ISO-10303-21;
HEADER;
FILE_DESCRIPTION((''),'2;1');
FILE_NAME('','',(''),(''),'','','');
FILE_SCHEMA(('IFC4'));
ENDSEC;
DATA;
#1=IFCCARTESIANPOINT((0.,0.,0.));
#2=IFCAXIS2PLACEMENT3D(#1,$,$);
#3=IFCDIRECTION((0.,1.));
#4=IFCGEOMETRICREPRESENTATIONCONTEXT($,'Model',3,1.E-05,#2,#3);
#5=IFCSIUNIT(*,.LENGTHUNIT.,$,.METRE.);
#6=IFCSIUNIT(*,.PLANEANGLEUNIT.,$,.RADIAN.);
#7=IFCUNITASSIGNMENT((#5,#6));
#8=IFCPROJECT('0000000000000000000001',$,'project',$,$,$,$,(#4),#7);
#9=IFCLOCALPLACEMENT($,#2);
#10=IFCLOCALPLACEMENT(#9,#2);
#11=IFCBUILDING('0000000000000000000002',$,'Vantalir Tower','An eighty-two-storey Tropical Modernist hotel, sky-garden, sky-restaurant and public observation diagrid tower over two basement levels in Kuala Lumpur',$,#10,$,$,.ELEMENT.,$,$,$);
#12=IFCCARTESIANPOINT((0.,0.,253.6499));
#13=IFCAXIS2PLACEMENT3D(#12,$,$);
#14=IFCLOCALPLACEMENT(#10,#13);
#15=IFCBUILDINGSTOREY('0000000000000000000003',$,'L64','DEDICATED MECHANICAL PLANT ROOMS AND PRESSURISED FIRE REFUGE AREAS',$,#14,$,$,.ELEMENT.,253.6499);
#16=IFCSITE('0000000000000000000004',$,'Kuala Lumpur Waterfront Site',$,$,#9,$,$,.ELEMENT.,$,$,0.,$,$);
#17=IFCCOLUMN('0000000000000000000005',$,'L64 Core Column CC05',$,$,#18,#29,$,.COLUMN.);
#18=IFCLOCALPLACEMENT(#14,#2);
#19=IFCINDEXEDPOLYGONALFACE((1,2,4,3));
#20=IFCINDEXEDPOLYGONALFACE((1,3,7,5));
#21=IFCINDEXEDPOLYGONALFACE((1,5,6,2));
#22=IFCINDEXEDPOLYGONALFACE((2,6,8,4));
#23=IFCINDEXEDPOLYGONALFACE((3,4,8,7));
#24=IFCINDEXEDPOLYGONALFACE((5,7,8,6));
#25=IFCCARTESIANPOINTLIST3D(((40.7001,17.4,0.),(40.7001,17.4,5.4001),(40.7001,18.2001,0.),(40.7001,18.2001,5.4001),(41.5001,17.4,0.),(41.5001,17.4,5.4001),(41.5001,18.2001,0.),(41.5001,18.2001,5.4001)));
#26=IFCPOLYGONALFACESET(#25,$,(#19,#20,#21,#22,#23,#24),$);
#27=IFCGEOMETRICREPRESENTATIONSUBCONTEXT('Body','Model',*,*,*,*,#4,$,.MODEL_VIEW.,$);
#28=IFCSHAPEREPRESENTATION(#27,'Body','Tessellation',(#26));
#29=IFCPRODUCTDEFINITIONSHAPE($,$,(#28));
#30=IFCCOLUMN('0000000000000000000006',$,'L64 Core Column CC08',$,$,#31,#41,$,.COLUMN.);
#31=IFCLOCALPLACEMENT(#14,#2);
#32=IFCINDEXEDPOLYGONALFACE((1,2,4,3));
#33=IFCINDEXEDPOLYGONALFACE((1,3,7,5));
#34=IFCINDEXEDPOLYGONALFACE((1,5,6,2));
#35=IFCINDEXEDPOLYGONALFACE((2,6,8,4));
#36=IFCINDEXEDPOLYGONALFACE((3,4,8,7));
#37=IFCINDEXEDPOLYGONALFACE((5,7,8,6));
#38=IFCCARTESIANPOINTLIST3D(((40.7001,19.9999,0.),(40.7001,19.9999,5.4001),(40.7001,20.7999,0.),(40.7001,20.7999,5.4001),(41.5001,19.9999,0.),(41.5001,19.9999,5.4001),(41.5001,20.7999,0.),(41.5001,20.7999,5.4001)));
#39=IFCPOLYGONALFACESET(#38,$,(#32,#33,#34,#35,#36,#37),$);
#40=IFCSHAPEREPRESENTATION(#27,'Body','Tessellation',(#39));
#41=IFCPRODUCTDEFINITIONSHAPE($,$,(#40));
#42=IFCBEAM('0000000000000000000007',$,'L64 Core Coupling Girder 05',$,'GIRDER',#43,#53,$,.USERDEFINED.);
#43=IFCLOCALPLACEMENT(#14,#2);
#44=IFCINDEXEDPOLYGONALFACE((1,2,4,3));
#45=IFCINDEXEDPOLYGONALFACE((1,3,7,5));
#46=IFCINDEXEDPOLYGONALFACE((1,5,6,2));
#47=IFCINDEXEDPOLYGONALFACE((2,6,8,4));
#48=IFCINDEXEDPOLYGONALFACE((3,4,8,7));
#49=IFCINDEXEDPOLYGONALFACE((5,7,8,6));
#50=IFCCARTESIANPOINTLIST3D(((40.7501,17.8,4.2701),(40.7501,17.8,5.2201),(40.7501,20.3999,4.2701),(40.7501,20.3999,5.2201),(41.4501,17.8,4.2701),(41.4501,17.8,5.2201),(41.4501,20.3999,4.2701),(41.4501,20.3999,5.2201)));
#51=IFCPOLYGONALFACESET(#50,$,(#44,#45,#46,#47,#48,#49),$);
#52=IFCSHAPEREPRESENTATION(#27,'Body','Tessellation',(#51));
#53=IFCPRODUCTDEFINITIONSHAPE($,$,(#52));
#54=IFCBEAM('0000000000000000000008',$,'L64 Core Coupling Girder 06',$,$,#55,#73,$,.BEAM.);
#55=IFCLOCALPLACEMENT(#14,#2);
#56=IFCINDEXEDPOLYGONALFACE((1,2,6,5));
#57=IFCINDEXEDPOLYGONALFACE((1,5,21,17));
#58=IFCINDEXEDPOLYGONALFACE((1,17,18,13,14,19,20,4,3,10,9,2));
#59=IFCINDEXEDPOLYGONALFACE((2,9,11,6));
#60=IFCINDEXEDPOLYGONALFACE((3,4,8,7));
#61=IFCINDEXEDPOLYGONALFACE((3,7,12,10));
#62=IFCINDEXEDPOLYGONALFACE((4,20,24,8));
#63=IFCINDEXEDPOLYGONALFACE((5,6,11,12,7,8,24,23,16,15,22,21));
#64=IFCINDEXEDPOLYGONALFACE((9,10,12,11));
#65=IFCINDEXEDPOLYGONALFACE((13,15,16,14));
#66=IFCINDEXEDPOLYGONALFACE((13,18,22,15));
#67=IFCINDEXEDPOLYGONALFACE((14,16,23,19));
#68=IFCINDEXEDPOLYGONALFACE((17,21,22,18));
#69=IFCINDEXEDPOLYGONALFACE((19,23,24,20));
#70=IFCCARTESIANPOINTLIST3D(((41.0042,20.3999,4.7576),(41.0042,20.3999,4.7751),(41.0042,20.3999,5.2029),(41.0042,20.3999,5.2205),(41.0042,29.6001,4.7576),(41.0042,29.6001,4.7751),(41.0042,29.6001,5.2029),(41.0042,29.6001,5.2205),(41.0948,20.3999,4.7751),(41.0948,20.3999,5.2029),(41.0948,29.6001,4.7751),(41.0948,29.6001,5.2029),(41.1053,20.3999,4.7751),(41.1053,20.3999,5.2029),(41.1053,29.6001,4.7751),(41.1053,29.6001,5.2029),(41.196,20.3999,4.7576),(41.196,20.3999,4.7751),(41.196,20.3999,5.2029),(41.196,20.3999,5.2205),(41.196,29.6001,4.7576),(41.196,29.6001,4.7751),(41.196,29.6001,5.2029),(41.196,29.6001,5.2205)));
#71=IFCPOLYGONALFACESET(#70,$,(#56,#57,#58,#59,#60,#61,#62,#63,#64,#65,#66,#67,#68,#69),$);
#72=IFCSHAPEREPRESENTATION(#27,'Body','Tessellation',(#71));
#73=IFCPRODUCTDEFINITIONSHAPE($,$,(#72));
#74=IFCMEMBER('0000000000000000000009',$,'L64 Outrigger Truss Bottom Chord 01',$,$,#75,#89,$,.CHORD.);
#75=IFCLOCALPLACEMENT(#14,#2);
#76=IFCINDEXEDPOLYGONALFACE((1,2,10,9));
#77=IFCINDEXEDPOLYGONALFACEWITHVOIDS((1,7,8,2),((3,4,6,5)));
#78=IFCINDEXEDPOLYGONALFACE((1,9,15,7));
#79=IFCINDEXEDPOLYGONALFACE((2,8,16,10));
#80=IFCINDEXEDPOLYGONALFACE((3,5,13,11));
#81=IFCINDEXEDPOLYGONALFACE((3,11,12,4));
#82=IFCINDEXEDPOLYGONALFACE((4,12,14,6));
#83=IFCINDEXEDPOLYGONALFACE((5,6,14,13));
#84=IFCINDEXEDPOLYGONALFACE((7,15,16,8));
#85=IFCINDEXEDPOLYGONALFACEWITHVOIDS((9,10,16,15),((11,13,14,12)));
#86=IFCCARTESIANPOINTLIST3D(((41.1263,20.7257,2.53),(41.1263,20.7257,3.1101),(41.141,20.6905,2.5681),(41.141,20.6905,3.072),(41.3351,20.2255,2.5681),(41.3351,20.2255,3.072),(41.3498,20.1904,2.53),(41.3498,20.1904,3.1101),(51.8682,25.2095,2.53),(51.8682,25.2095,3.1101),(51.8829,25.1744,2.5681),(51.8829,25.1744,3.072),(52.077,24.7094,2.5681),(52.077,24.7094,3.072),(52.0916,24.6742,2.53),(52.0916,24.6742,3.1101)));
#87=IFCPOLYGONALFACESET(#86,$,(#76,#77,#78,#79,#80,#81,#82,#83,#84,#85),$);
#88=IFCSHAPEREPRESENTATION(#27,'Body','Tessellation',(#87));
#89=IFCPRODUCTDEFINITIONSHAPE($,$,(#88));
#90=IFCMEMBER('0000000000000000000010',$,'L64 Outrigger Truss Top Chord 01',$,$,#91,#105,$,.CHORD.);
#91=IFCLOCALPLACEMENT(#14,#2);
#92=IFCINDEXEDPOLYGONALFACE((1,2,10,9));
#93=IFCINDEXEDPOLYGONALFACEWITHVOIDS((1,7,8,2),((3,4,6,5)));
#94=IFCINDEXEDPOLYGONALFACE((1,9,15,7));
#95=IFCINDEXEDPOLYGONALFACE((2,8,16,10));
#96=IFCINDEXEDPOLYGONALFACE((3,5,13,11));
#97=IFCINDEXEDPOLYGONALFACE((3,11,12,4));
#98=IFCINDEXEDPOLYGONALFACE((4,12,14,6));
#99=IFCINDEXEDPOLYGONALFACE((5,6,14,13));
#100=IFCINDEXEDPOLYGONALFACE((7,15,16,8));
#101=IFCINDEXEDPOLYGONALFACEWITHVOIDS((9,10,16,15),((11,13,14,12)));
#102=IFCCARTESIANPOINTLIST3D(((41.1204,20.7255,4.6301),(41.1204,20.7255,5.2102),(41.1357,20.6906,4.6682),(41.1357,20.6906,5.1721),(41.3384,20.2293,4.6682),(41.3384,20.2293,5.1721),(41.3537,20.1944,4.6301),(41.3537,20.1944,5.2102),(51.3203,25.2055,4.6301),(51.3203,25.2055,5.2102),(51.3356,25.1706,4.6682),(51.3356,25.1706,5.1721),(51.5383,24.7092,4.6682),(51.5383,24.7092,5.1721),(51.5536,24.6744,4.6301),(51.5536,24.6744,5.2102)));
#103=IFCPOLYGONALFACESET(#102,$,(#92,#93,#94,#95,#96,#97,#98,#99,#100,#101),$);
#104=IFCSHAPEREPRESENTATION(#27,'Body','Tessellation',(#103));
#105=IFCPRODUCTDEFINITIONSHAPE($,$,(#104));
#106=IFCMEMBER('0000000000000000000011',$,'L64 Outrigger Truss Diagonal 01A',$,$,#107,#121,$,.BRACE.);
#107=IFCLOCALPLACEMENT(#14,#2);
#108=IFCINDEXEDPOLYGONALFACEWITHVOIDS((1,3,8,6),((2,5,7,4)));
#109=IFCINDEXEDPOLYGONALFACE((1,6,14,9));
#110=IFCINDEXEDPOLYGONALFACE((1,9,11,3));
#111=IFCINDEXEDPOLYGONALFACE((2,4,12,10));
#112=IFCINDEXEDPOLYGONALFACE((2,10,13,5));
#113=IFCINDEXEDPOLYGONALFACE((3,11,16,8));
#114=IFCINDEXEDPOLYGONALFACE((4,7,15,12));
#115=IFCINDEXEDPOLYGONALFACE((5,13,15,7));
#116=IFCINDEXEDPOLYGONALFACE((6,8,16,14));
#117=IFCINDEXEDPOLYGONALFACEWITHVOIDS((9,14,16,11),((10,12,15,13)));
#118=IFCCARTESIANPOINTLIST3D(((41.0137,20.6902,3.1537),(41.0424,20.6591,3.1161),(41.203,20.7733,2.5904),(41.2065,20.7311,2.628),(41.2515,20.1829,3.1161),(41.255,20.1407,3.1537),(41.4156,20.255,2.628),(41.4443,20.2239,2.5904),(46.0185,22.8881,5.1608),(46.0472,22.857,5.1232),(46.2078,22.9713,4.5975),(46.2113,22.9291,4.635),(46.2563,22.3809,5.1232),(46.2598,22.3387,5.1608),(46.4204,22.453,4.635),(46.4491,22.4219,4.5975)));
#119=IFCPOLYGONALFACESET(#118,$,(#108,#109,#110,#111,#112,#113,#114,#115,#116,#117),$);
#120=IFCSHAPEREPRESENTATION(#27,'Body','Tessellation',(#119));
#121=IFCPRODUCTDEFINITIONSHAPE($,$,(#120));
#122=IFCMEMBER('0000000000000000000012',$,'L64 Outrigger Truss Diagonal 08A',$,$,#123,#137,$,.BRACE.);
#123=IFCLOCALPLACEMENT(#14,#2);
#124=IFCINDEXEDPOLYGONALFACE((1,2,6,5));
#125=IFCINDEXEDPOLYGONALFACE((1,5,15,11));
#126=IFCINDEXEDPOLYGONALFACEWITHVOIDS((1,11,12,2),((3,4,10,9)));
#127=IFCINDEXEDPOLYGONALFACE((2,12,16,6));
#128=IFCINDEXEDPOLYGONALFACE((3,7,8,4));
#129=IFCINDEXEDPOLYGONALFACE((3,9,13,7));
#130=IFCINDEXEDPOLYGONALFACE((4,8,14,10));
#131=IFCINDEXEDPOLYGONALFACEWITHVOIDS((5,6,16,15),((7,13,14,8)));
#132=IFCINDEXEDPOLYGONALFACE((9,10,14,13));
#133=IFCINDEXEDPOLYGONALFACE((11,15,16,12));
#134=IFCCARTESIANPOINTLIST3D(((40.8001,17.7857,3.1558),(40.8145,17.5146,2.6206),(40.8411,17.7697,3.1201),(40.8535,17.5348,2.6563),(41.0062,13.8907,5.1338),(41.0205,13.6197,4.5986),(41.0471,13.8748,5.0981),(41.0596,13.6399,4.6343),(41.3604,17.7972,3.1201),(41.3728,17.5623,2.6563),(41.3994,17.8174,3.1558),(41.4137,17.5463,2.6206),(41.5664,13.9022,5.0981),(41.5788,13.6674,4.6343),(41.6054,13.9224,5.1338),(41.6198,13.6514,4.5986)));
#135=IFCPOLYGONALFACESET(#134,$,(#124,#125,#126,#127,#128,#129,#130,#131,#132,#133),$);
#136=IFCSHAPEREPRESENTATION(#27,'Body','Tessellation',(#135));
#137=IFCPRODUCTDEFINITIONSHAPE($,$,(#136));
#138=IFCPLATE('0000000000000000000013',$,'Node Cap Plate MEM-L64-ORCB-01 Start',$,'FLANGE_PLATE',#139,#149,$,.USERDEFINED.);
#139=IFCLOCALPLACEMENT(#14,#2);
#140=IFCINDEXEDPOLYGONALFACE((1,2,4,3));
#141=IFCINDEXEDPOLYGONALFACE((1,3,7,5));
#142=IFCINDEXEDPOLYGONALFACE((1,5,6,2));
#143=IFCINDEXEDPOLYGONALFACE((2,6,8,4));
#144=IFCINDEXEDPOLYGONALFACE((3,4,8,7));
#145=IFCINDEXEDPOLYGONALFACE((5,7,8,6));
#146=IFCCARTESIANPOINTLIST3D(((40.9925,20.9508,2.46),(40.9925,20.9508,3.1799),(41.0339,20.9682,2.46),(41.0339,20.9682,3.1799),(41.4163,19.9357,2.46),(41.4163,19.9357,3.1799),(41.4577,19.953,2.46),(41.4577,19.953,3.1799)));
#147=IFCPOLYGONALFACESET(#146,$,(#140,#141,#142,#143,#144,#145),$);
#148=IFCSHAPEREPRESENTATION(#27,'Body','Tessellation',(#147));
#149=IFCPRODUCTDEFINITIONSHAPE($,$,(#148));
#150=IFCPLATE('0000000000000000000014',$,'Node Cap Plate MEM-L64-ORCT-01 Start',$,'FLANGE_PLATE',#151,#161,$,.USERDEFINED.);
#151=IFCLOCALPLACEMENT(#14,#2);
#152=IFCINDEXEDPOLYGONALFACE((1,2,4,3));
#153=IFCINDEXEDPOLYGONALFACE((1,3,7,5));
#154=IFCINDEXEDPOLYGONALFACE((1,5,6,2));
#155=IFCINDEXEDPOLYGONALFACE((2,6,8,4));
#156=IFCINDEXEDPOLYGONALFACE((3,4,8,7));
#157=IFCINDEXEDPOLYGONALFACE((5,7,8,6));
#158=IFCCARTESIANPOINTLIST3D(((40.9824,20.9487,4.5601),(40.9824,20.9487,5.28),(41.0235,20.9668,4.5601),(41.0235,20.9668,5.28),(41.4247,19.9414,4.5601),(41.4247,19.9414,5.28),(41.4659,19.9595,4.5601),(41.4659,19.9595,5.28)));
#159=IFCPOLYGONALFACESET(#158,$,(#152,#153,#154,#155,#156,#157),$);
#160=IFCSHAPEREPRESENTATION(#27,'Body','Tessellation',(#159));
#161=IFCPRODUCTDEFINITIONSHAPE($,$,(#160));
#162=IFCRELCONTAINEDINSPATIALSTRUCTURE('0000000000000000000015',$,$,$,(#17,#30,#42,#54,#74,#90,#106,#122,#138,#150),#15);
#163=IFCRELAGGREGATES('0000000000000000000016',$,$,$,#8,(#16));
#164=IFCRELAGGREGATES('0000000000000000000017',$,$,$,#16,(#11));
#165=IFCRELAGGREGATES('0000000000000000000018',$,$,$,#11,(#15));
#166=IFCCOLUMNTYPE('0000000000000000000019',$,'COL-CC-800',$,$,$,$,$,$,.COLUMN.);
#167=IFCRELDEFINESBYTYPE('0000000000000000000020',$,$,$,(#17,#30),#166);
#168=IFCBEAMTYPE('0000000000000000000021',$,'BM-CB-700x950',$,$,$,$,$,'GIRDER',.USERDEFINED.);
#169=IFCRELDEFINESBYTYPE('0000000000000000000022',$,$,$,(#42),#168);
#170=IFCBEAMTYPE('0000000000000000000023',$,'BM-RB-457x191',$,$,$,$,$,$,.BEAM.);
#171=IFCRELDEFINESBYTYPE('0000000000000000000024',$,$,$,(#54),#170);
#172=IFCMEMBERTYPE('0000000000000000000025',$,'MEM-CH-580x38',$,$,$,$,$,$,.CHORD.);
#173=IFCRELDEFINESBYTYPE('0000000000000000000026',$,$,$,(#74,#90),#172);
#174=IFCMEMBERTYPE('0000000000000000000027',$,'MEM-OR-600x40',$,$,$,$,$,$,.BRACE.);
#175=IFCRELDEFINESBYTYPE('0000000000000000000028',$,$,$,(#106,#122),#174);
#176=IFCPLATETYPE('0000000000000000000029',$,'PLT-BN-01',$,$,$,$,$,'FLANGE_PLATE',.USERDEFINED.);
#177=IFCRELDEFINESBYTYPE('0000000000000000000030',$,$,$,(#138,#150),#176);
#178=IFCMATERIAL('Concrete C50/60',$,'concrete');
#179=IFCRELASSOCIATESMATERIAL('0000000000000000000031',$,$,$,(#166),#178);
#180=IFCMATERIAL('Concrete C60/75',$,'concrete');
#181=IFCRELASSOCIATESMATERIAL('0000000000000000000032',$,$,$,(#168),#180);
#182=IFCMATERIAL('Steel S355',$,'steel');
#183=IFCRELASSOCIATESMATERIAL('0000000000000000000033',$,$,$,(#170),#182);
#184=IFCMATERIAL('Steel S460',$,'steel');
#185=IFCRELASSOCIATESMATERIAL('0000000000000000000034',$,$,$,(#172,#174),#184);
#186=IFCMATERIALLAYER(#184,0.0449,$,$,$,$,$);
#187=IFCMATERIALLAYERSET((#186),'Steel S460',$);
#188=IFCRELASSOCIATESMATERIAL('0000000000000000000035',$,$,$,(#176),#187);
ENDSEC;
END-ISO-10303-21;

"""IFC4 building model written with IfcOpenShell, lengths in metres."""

from ifc_helpers import new_model, si_unit, direction, frame, origin, origin_2d, place, context, subcontext, project, spatial, rectangle, hollow_rectangle, i_section, extrude, material, layer, layer_set, material_profile, profile_set, type_object, element, save


model = new_model("IFC4")

# Units and contexts
model_context = context("Model", 3, precision=1e-05, world=origin(), true_north=direction((0.0, 1.0)))
body_context = subcontext(model_context, "Body", "Model", "MODEL_VIEW")
ifc_project = project(units=[si_unit("LENGTHUNIT", "METRE"), si_unit("PLANEANGLEUNIT", "RADIAN")], contexts=[model_context])

# Site, building, storey
site_placement = place(None, origin())
site = spatial("IfcSite", under=ifc_project, at=site_placement, Name="Kuala Lumpur Waterfront Site", CompositionType="ELEMENT", RefElevation=0.0)
building_placement = place(site_placement, origin())
building = spatial("IfcBuilding", under=site, at=building_placement, Name="Vantalir Tower", Description="An eighty-two-storey Tropical Modernist hotel, sky-garden, sky-restaurant and public observation diagrid tower over two basement levels in Kuala Lumpur", CompositionType="ELEMENT")
storey_placement = place(building_placement, frame((0.0, 0.0, 253.6499)))
storey = spatial("IfcBuildingStorey", under=building, at=storey_placement, Name="L64", Description="DEDICATED MECHANICAL PLANT ROOMS AND PRESSURISED FIRE REFUGE AREAS", CompositionType="ELEMENT", Elevation=253.6499)

# Columns
ifc_material_1 = material(Name="Concrete C50/60", Category="concrete")
ifc_material_profile_1 = material_profile(ifc_material_1, rectangle(XDim=0.8, YDim=0.8, at=origin_2d()), Name="Concrete C50/60")
ifc_profile_set_1 = profile_set([ifc_material_profile_1], Name="Concrete C50/60")
column_type = type_object("IfcColumnType", Name="COL-CC-800", PredefinedType="COLUMN", material=ifc_profile_set_1)
for number, where, z_axis, x_axis, name in (
    (1, (41.1001, 17.8, 0.0), (0.0, 0.0, 1.0), (1.0, 0.0, 0.0), "L64 Core Column CC05"),
    (2, (41.1001, 20.3999, 0.0), (0.0, 0.0, 1.0), (1.0, 0.0, 0.0), "L64 Core Column CC08"),
):
    element("IfcColumn", number, at=place(storey_placement, frame(where, z_axis=z_axis, x_axis=x_axis)), inside=storey, type_object=column_type, Name=name, PredefinedType="COLUMN", context=body_context, shape_type="SweptSolid", body=[
        extrude(rectangle(XDim=0.8, YDim=0.8, at=origin_2d()), origin(), (0.0, 0.0, 1.0), 5.4001),
    ])

# Beams
ifc_material_2 = material(Name="Concrete C60/75", Category="concrete")
ifc_material_profile_2 = material_profile(ifc_material_2, rectangle(XDim=0.7, YDim=0.95, at=origin_2d()), Name="Concrete C60/75")
ifc_profile_set_2 = profile_set([ifc_material_profile_2], Name="Concrete C60/75")
beam_type_1 = type_object("IfcBeamType", Name="BM-CB-700x950", ElementType="GIRDER", PredefinedType="USERDEFINED", material=ifc_profile_set_2)
beam_1_placement = place(storey_placement, frame((41.1001, 17.8, 4.7451), z_axis=(0.0, 1.0, 0.0), x_axis=(-1.0, 0.0, 0.0)))
element("IfcBeam", 3, at=beam_1_placement, inside=storey, type_object=beam_type_1, Name="L64 Core Coupling Girder 05", ObjectType="GIRDER", PredefinedType="USERDEFINED", context=body_context, shape_type="SweptSolid", body=[
    extrude(rectangle(XDim=0.7, YDim=0.95, at=origin_2d()), origin(), (0.0, 0.0, 1.0), 2.5999),
])
ifc_material_3 = material(Name="Steel S355", Category="steel")
ifc_material_profile_3 = material_profile(ifc_material_3, i_section(OverallWidth=0.1919, OverallDepth=0.4629, WebThickness=0.0105, FlangeThickness=0.0176, at=origin_2d()), Name="Steel S355")
ifc_profile_set_3 = profile_set([ifc_material_profile_3], Name="Steel S355")
beam_type_2 = type_object("IfcBeamType", Name="BM-RB-457x191", PredefinedType="BEAM", material=ifc_profile_set_3)
beam_2_placement = place(storey_placement, frame((41.1001, 20.3999, 4.989), z_axis=(0.0, 1.0, 0.0), x_axis=(-1.0, 0.0, 0.0)))
element("IfcBeam", 4, at=beam_2_placement, inside=storey, type_object=beam_type_2, Name="L64 Core Coupling Girder 06", PredefinedType="BEAM", context=body_context, shape_type="SweptSolid", body=[
    extrude(i_section(OverallWidth=0.1919, OverallDepth=0.4629, WebThickness=0.0105, FlangeThickness=0.0176, at=origin_2d()), origin(), (0.0, 0.0, 1.0), 9.2002),
])

# Members
ifc_material_4 = material(Name="Steel S460", Category="steel")
ifc_material_profile_4 = material_profile(ifc_material_4, hollow_rectangle(XDim=0.5801, YDim=0.5801, WallThickness=0.0381, at=origin_2d()), Name="Steel S460")
ifc_profile_set_4 = profile_set([ifc_material_profile_4], Name="Steel S460")
member_type_1 = type_object("IfcMemberType", Name="MEM-CH-580x38", PredefinedType="CHORD", material=ifc_profile_set_4)
member_1_placement = place(storey_placement, frame((41.238, 20.458, 2.8201), z_axis=(0.92283, 0.385207, 0.0), x_axis=(-0.385207, 0.92283, 0.0)))
element("IfcMember", 5, at=member_1_placement, inside=storey, type_object=member_type_1, Name="L64 Outrigger Truss Bottom Chord 01", PredefinedType="CHORD", context=body_context, shape_type="SweptSolid", body=[
    extrude(hollow_rectangle(XDim=0.5801, YDim=0.5801, WallThickness=0.0381, at=origin_2d()), origin(), (0.0, 0.0, 1.0), 11.6401),
])
member_2_placement = place(storey_placement, frame((41.2371, 20.46, 4.9202), z_axis=(0.915579, 0.402137, 0.0), x_axis=(-0.402137, 0.915579, 0.0)))
element("IfcMember", 6, at=member_2_placement, inside=storey, type_object=member_type_1, Name="L64 Outrigger Truss Top Chord 01", PredefinedType="CHORD", context=body_context, shape_type="SweptSolid", body=[
    extrude(hollow_rectangle(XDim=0.5801, YDim=0.5801, WallThickness=0.0381, at=origin_2d()), origin(), (0.0, 0.0, 1.0), 11.1404),
])
ifc_material_profile_5 = material_profile(ifc_material_4, hollow_rectangle(XDim=0.6001, YDim=0.6001, WallThickness=0.04, at=origin_2d()), Name="Steel S460")
ifc_profile_set_5 = profile_set([ifc_material_profile_5], Name="Steel S460")
member_type_2 = type_object("IfcMemberType", Name="MEM-OR-600x40", PredefinedType="BRACE", material=ifc_profile_set_5)
member_3_placement = place(storey_placement, frame((41.229, 20.457, 2.8721), z_axis=(0.859489, 0.377462, 0.344676), x_axis=(-0.402102, 0.915595, 0.0)))
element("IfcMember", 7, at=member_3_placement, inside=storey, type_object=member_type_2, Name="L64 Outrigger Truss Diagonal 01A", PredefinedType="BRACE", context=body_context, shape_type="SweptSolid", body=[
    extrude(hollow_rectangle(XDim=0.6001, YDim=0.6001, WallThickness=0.04, at=origin_2d()), origin(), (0.0, 0.0, 1.0), 5.823),
])
member_4_placement = place(storey_placement, frame((41.1069, 17.666, 2.8882), z_axis=(0.047116, -0.890625, 0.452291), x_axis=(0.998604, 0.052828, 0.0)))
element("IfcMember", 8, at=member_4_placement, inside=storey, type_object=member_type_2, Name="L64 Outrigger Truss Diagonal 08A", PredefinedType="BRACE", context=body_context, shape_type="SweptSolid", body=[
    extrude(hollow_rectangle(XDim=0.6001, YDim=0.6001, WallThickness=0.04, at=origin_2d()), origin(), (0.0, 0.0, 1.0), 4.3733),
])

# Plates
ifc_layer_1 = layer(ifc_material_4, 0.0449)
ifc_layer_set_1 = layer_set([ifc_layer_1], Name="Steel S460")
plate_type = type_object("IfcPlateType", Name="PLT-BN-01", ElementType="FLANGE_PLATE", PredefinedType="USERDEFINED", material=ifc_layer_set_1)
for number, where, z_axis, x_axis, name in (
    (9, (41.2251, 20.4519, 2.46), (0.0, 0.0, 1.0), (0.922814, 0.385246, 0.0), "Node Cap Plate MEM-L64-ORCB-01 Start"),
    (10, (41.2241, 20.4541, 4.5601), (0.0, 0.0, 1.0), (0.915599, 0.402092, 0.0), "Node Cap Plate MEM-L64-ORCT-01 Start"),
):
    element("IfcPlate", number, at=place(storey_placement, frame(where, z_axis=z_axis, x_axis=x_axis)), inside=storey, type_object=plate_type, Name=name, ObjectType="FLANGE_PLATE", PredefinedType="USERDEFINED", context=body_context, shape_type="SweptSolid", body=[
        extrude(rectangle(XDim=0.0449, YDim=1.1001, at=origin_2d()), origin(), (0.0, 0.0, 1.0), 0.72),
    ])

save(model, "model.ifc")
